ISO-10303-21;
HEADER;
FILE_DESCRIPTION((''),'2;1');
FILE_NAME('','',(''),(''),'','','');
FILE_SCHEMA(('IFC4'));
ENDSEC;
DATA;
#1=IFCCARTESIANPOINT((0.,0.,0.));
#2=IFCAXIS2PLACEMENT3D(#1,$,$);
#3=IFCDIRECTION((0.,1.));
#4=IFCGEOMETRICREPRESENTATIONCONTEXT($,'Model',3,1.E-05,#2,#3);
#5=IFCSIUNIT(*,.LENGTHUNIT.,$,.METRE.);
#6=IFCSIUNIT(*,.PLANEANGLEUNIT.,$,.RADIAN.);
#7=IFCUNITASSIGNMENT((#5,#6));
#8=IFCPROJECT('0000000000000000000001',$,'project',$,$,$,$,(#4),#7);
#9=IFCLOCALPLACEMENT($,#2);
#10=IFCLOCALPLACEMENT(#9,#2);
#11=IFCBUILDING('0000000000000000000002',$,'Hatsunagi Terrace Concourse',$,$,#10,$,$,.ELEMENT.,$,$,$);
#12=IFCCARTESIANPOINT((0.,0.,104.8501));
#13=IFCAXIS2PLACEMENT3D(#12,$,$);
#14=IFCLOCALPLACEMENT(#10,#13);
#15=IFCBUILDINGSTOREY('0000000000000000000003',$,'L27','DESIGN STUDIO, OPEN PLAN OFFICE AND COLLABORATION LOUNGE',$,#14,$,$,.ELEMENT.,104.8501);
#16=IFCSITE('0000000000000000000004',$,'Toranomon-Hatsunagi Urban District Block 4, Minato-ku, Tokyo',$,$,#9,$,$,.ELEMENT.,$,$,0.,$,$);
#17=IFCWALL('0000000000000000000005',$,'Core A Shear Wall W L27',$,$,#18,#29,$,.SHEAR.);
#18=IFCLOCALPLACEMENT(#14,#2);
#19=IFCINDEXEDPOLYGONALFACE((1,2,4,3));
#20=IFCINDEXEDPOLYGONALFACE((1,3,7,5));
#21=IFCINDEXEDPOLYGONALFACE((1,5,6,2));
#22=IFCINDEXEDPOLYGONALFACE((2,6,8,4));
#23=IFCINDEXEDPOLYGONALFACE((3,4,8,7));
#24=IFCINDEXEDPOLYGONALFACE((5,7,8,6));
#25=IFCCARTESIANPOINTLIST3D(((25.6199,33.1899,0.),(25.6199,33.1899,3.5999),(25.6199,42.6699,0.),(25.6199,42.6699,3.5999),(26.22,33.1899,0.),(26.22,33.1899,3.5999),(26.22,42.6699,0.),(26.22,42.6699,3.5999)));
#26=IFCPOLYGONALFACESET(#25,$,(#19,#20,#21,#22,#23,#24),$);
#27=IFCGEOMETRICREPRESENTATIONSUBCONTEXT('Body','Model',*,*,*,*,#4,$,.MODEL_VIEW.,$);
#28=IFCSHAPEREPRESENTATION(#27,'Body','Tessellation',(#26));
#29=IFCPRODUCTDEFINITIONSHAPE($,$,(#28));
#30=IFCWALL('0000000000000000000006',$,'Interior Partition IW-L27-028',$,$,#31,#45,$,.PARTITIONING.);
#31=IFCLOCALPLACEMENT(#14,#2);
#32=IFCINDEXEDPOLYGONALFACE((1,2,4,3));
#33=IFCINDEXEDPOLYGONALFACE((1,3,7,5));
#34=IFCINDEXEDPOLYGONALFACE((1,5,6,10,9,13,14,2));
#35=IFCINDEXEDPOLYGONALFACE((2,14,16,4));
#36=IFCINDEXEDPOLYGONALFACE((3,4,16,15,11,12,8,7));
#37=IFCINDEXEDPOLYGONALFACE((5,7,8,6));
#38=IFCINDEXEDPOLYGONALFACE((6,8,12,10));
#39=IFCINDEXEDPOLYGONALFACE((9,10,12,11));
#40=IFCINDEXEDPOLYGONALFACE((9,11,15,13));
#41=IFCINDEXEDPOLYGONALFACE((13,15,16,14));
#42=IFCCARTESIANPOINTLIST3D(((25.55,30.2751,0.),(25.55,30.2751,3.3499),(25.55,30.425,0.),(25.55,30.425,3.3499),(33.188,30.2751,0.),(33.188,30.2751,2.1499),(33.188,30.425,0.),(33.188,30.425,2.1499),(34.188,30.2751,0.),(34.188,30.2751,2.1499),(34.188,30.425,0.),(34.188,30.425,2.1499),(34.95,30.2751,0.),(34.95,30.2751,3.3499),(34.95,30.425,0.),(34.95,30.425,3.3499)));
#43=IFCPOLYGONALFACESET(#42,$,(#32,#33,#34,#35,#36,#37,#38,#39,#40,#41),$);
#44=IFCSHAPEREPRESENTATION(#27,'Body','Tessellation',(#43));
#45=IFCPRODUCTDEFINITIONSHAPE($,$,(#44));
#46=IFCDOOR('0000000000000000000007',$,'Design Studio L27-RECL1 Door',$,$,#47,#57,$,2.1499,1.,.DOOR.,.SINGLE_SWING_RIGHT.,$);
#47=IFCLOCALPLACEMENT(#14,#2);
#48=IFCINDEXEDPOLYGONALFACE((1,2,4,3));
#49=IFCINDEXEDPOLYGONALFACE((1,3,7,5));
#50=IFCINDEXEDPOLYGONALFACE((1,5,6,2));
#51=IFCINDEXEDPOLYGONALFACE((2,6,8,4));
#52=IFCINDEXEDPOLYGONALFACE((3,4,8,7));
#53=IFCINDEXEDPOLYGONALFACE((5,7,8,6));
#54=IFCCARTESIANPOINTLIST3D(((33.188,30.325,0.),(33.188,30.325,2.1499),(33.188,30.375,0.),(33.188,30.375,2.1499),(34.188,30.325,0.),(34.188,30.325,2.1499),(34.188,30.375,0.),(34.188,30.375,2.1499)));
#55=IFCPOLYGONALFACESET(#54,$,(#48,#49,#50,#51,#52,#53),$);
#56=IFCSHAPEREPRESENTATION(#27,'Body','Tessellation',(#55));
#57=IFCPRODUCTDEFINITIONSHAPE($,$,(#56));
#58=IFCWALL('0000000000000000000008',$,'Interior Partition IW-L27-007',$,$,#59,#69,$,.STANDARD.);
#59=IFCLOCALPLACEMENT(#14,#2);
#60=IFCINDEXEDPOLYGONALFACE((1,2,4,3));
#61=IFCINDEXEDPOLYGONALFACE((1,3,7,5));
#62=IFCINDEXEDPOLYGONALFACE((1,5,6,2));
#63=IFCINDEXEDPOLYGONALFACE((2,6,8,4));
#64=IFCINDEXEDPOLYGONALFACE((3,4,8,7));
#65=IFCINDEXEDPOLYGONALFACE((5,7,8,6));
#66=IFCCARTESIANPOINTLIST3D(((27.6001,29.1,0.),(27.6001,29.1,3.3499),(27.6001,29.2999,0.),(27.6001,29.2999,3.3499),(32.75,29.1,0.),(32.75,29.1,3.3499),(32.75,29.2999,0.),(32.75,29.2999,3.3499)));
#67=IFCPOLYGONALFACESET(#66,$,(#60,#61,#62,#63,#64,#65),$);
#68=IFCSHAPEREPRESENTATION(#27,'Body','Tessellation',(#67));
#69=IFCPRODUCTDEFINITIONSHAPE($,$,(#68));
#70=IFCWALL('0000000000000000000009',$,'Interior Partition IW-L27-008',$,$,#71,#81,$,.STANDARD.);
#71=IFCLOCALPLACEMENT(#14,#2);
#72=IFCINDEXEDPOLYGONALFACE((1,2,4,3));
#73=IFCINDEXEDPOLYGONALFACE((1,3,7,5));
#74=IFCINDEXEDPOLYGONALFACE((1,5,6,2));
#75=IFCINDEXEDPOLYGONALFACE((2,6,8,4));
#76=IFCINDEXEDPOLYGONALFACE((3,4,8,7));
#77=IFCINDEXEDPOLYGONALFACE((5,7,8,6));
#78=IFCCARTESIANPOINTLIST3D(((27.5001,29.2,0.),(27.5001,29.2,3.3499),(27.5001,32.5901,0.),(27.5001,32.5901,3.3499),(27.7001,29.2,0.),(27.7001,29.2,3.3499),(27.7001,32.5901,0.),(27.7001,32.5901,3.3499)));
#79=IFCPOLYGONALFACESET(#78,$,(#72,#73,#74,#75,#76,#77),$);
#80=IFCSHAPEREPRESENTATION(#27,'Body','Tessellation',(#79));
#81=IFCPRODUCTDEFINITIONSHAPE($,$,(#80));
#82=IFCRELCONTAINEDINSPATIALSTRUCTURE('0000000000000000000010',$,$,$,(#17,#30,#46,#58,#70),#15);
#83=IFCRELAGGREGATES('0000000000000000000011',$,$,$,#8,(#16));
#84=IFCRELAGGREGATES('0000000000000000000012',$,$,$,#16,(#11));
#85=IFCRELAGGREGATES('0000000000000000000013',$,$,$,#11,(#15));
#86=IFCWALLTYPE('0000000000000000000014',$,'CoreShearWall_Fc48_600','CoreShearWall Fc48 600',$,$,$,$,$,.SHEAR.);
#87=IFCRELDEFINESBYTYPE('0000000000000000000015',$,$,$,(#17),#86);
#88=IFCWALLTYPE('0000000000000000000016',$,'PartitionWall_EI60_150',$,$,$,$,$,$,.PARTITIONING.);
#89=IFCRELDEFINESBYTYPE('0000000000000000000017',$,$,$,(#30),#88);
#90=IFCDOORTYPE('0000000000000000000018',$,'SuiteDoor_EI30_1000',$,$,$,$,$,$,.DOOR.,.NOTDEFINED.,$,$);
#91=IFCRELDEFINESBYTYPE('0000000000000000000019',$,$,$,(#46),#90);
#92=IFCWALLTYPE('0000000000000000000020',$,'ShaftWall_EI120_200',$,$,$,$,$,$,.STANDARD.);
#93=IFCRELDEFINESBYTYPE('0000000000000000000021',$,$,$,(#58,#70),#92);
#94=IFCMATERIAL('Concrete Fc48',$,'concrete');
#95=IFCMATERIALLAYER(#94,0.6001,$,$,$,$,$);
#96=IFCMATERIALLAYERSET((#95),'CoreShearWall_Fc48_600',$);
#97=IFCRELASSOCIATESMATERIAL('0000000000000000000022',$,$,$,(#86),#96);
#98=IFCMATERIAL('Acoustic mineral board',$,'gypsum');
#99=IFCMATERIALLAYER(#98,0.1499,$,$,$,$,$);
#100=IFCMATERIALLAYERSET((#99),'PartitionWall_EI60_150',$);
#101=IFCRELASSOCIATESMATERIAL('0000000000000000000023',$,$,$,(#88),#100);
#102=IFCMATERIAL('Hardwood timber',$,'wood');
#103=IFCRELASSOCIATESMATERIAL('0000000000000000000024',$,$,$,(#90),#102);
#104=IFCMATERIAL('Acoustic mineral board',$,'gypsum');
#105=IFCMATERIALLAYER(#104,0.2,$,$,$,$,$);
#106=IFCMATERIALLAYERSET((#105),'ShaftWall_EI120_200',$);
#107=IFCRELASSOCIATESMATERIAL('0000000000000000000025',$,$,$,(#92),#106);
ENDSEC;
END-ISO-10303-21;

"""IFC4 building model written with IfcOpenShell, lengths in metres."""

from ifc_helpers import new_model, si_unit, direction, frame, frame_2d, origin, place, context, subcontext, project, spatial, rectangle, extrude, material, layer, layer_set, type_object, element, fill, save


model = new_model("IFC4")

# Units and contexts
model_context = context("Model", 3, precision=1e-05, world=origin(), true_north=direction((0.0, 1.0)))
body_context = subcontext(model_context, "Body", "Model", "MODEL_VIEW")
ifc_project = project(units=[si_unit("LENGTHUNIT", "METRE"), si_unit("PLANEANGLEUNIT", "RADIAN")], contexts=[model_context])

# Site, building, storey
site_placement = place(None, origin())
site = spatial("IfcSite", under=ifc_project, at=site_placement, Name="Toranomon-Hatsunagi Urban District Block 4, Minato-ku, Tokyo", CompositionType="ELEMENT", RefElevation=0.0)
building_placement = place(site_placement, origin())
building = spatial("IfcBuilding", under=site, at=building_placement, Name="Hatsunagi Terrace Concourse", CompositionType="ELEMENT")
storey_placement = place(building_placement, frame((0.0, 0.0, 104.8501)))
storey = spatial("IfcBuildingStorey", under=building, at=storey_placement, Name="L27", Description="DESIGN STUDIO, OPEN PLAN OFFICE AND COLLABORATION LOUNGE", CompositionType="ELEMENT", Elevation=104.8501)

# Shared definitions
ifc_material_1 = material(Name="Concrete Fc48", Category="concrete")
ifc_layer_1 = layer(ifc_material_1, 0.6001)
ifc_layer_set_1 = layer_set([ifc_layer_1], Name="CoreShearWall_Fc48_600")
wall_type_1 = type_object("IfcWallType", Name="CoreShearWall_Fc48_600", Description="CoreShearWall Fc48 600", PredefinedType="SHEAR", material=ifc_layer_set_1)

# Wall
wall_1_placement = place(storey_placement, frame((25.9199, 33.1899, 0.0), z_axis=(0.0, 0.0, 1.0), x_axis=(0.0, 1.0, 0.0)))
element("IfcWall", 1, at=wall_1_placement, inside=storey, type_object=wall_type_1, Name="Core A Shear Wall W L27", PredefinedType="SHEAR", context=body_context, shape_type="SweptSolid", body=[
    extrude(rectangle(XDim=9.48, YDim=0.6001, at=frame_2d((4.74, 0.0))), origin(), (0.0, 0.0, 1.0), 3.5999),
])

# Wall, opening, door
ifc_material_2 = material(Name="Acoustic mineral board", Category="gypsum")
ifc_layer_2 = layer(ifc_material_2, 0.1499)
ifc_layer_set_2 = layer_set([ifc_layer_2], Name="PartitionWall_EI60_150")
wall_type_2 = type_object("IfcWallType", Name="PartitionWall_EI60_150", PredefinedType="PARTITIONING", material=ifc_layer_set_2)
wall_2_placement = place(storey_placement, frame((25.55, 30.3501, 0.0), z_axis=(0.0, 0.0, 1.0), x_axis=(1.0, 0.0, 0.0)))
wall_2 = element("IfcWall", 2, at=wall_2_placement, inside=storey, type_object=wall_type_2, Name="Interior Partition IW-L27-028", PredefinedType="PARTITIONING", context=body_context, shape_type="SweptSolid", body=[
    extrude(rectangle(XDim=9.3999, YDim=0.1499, at=frame_2d((4.7, 0.0))), origin(), (0.0, 0.0, 1.0), 3.3499),
])
opening_1_placement = place(wall_2_placement, frame((7.6379, 0.0, 0.0)))
opening_1 = element("IfcOpeningElement", 3, at=opening_1_placement, cuts=wall_2, PredefinedType="OPENING", context=body_context, shape_type="SweptSolid", body=[
    extrude(rectangle(XDim=1.0, YDim=2.1499, at=frame_2d((0.5, 1.075))), frame((0.0, 0.085, 0.0), z_axis=(0.0, -1.0, 0.0), x_axis=(1.0, 0.0, 0.0)), (0.0, 0.0, 1.0), 0.1699),
])
ifc_material_3 = material(Name="Hardwood timber", Category="wood")
door_type_1 = type_object("IfcDoorType", Name="SuiteDoor_EI30_1000", OperationType="NOTDEFINED", PredefinedType="DOOR", material=ifc_material_3)
door_1_placement = place(opening_1_placement, origin())
door_1 = element("IfcDoor", 4, at=door_1_placement, inside=storey, type_object=door_type_1, Name="Design Studio L27-RECL1 Door", OperationType="SINGLE_SWING_RIGHT", OverallHeight=2.1499, OverallWidth=1.0, PredefinedType="DOOR", context=body_context, shape_type="SweptSolid", body=[
    extrude(rectangle(XDim=1.0, YDim=2.1499, at=frame_2d((0.5, 1.075))), frame((0.0, 0.0249, 0.0), z_axis=(0.0, -1.0, 0.0), x_axis=(1.0, 0.0, 0.0)), (0.0, 0.0, 1.0), 0.05),
])
fill(opening_1, door_1)

# Walls
ifc_material_4 = material(Name="Acoustic mineral board", Category="gypsum")
ifc_layer_3 = layer(ifc_material_4, 0.2)
ifc_layer_set_3 = layer_set([ifc_layer_3], Name="ShaftWall_EI120_200")
wall_type_3 = type_object("IfcWallType", Name="ShaftWall_EI120_200", PredefinedType="STANDARD", material=ifc_layer_set_3)
wall_3_placement = place(storey_placement, frame((27.6001, 29.2, 0.0), z_axis=(0.0, 0.0, 1.0), x_axis=(1.0, 0.0, 0.0)))
element("IfcWall", 5, at=wall_3_placement, inside=storey, type_object=wall_type_3, Name="Interior Partition IW-L27-007", PredefinedType="STANDARD", context=body_context, shape_type="SweptSolid", body=[
    extrude(rectangle(XDim=5.1499, YDim=0.2, at=frame_2d((2.575, 0.0))), origin(), (0.0, 0.0, 1.0), 3.3499),
])
wall_4_placement = place(storey_placement, frame((27.6001, 29.2, 0.0), z_axis=(0.0, 0.0, 1.0), x_axis=(0.0, 1.0, 0.0)))
element("IfcWall", 6, at=wall_4_placement, inside=storey, type_object=wall_type_3, Name="Interior Partition IW-L27-008", PredefinedType="STANDARD", context=body_context, shape_type="SweptSolid", body=[
    extrude(rectangle(XDim=3.3901, YDim=0.2, at=frame_2d((1.6951, 0.0))), origin(), (0.0, 0.0, 1.0), 3.3499),
])

save(model, "model.ifc")
